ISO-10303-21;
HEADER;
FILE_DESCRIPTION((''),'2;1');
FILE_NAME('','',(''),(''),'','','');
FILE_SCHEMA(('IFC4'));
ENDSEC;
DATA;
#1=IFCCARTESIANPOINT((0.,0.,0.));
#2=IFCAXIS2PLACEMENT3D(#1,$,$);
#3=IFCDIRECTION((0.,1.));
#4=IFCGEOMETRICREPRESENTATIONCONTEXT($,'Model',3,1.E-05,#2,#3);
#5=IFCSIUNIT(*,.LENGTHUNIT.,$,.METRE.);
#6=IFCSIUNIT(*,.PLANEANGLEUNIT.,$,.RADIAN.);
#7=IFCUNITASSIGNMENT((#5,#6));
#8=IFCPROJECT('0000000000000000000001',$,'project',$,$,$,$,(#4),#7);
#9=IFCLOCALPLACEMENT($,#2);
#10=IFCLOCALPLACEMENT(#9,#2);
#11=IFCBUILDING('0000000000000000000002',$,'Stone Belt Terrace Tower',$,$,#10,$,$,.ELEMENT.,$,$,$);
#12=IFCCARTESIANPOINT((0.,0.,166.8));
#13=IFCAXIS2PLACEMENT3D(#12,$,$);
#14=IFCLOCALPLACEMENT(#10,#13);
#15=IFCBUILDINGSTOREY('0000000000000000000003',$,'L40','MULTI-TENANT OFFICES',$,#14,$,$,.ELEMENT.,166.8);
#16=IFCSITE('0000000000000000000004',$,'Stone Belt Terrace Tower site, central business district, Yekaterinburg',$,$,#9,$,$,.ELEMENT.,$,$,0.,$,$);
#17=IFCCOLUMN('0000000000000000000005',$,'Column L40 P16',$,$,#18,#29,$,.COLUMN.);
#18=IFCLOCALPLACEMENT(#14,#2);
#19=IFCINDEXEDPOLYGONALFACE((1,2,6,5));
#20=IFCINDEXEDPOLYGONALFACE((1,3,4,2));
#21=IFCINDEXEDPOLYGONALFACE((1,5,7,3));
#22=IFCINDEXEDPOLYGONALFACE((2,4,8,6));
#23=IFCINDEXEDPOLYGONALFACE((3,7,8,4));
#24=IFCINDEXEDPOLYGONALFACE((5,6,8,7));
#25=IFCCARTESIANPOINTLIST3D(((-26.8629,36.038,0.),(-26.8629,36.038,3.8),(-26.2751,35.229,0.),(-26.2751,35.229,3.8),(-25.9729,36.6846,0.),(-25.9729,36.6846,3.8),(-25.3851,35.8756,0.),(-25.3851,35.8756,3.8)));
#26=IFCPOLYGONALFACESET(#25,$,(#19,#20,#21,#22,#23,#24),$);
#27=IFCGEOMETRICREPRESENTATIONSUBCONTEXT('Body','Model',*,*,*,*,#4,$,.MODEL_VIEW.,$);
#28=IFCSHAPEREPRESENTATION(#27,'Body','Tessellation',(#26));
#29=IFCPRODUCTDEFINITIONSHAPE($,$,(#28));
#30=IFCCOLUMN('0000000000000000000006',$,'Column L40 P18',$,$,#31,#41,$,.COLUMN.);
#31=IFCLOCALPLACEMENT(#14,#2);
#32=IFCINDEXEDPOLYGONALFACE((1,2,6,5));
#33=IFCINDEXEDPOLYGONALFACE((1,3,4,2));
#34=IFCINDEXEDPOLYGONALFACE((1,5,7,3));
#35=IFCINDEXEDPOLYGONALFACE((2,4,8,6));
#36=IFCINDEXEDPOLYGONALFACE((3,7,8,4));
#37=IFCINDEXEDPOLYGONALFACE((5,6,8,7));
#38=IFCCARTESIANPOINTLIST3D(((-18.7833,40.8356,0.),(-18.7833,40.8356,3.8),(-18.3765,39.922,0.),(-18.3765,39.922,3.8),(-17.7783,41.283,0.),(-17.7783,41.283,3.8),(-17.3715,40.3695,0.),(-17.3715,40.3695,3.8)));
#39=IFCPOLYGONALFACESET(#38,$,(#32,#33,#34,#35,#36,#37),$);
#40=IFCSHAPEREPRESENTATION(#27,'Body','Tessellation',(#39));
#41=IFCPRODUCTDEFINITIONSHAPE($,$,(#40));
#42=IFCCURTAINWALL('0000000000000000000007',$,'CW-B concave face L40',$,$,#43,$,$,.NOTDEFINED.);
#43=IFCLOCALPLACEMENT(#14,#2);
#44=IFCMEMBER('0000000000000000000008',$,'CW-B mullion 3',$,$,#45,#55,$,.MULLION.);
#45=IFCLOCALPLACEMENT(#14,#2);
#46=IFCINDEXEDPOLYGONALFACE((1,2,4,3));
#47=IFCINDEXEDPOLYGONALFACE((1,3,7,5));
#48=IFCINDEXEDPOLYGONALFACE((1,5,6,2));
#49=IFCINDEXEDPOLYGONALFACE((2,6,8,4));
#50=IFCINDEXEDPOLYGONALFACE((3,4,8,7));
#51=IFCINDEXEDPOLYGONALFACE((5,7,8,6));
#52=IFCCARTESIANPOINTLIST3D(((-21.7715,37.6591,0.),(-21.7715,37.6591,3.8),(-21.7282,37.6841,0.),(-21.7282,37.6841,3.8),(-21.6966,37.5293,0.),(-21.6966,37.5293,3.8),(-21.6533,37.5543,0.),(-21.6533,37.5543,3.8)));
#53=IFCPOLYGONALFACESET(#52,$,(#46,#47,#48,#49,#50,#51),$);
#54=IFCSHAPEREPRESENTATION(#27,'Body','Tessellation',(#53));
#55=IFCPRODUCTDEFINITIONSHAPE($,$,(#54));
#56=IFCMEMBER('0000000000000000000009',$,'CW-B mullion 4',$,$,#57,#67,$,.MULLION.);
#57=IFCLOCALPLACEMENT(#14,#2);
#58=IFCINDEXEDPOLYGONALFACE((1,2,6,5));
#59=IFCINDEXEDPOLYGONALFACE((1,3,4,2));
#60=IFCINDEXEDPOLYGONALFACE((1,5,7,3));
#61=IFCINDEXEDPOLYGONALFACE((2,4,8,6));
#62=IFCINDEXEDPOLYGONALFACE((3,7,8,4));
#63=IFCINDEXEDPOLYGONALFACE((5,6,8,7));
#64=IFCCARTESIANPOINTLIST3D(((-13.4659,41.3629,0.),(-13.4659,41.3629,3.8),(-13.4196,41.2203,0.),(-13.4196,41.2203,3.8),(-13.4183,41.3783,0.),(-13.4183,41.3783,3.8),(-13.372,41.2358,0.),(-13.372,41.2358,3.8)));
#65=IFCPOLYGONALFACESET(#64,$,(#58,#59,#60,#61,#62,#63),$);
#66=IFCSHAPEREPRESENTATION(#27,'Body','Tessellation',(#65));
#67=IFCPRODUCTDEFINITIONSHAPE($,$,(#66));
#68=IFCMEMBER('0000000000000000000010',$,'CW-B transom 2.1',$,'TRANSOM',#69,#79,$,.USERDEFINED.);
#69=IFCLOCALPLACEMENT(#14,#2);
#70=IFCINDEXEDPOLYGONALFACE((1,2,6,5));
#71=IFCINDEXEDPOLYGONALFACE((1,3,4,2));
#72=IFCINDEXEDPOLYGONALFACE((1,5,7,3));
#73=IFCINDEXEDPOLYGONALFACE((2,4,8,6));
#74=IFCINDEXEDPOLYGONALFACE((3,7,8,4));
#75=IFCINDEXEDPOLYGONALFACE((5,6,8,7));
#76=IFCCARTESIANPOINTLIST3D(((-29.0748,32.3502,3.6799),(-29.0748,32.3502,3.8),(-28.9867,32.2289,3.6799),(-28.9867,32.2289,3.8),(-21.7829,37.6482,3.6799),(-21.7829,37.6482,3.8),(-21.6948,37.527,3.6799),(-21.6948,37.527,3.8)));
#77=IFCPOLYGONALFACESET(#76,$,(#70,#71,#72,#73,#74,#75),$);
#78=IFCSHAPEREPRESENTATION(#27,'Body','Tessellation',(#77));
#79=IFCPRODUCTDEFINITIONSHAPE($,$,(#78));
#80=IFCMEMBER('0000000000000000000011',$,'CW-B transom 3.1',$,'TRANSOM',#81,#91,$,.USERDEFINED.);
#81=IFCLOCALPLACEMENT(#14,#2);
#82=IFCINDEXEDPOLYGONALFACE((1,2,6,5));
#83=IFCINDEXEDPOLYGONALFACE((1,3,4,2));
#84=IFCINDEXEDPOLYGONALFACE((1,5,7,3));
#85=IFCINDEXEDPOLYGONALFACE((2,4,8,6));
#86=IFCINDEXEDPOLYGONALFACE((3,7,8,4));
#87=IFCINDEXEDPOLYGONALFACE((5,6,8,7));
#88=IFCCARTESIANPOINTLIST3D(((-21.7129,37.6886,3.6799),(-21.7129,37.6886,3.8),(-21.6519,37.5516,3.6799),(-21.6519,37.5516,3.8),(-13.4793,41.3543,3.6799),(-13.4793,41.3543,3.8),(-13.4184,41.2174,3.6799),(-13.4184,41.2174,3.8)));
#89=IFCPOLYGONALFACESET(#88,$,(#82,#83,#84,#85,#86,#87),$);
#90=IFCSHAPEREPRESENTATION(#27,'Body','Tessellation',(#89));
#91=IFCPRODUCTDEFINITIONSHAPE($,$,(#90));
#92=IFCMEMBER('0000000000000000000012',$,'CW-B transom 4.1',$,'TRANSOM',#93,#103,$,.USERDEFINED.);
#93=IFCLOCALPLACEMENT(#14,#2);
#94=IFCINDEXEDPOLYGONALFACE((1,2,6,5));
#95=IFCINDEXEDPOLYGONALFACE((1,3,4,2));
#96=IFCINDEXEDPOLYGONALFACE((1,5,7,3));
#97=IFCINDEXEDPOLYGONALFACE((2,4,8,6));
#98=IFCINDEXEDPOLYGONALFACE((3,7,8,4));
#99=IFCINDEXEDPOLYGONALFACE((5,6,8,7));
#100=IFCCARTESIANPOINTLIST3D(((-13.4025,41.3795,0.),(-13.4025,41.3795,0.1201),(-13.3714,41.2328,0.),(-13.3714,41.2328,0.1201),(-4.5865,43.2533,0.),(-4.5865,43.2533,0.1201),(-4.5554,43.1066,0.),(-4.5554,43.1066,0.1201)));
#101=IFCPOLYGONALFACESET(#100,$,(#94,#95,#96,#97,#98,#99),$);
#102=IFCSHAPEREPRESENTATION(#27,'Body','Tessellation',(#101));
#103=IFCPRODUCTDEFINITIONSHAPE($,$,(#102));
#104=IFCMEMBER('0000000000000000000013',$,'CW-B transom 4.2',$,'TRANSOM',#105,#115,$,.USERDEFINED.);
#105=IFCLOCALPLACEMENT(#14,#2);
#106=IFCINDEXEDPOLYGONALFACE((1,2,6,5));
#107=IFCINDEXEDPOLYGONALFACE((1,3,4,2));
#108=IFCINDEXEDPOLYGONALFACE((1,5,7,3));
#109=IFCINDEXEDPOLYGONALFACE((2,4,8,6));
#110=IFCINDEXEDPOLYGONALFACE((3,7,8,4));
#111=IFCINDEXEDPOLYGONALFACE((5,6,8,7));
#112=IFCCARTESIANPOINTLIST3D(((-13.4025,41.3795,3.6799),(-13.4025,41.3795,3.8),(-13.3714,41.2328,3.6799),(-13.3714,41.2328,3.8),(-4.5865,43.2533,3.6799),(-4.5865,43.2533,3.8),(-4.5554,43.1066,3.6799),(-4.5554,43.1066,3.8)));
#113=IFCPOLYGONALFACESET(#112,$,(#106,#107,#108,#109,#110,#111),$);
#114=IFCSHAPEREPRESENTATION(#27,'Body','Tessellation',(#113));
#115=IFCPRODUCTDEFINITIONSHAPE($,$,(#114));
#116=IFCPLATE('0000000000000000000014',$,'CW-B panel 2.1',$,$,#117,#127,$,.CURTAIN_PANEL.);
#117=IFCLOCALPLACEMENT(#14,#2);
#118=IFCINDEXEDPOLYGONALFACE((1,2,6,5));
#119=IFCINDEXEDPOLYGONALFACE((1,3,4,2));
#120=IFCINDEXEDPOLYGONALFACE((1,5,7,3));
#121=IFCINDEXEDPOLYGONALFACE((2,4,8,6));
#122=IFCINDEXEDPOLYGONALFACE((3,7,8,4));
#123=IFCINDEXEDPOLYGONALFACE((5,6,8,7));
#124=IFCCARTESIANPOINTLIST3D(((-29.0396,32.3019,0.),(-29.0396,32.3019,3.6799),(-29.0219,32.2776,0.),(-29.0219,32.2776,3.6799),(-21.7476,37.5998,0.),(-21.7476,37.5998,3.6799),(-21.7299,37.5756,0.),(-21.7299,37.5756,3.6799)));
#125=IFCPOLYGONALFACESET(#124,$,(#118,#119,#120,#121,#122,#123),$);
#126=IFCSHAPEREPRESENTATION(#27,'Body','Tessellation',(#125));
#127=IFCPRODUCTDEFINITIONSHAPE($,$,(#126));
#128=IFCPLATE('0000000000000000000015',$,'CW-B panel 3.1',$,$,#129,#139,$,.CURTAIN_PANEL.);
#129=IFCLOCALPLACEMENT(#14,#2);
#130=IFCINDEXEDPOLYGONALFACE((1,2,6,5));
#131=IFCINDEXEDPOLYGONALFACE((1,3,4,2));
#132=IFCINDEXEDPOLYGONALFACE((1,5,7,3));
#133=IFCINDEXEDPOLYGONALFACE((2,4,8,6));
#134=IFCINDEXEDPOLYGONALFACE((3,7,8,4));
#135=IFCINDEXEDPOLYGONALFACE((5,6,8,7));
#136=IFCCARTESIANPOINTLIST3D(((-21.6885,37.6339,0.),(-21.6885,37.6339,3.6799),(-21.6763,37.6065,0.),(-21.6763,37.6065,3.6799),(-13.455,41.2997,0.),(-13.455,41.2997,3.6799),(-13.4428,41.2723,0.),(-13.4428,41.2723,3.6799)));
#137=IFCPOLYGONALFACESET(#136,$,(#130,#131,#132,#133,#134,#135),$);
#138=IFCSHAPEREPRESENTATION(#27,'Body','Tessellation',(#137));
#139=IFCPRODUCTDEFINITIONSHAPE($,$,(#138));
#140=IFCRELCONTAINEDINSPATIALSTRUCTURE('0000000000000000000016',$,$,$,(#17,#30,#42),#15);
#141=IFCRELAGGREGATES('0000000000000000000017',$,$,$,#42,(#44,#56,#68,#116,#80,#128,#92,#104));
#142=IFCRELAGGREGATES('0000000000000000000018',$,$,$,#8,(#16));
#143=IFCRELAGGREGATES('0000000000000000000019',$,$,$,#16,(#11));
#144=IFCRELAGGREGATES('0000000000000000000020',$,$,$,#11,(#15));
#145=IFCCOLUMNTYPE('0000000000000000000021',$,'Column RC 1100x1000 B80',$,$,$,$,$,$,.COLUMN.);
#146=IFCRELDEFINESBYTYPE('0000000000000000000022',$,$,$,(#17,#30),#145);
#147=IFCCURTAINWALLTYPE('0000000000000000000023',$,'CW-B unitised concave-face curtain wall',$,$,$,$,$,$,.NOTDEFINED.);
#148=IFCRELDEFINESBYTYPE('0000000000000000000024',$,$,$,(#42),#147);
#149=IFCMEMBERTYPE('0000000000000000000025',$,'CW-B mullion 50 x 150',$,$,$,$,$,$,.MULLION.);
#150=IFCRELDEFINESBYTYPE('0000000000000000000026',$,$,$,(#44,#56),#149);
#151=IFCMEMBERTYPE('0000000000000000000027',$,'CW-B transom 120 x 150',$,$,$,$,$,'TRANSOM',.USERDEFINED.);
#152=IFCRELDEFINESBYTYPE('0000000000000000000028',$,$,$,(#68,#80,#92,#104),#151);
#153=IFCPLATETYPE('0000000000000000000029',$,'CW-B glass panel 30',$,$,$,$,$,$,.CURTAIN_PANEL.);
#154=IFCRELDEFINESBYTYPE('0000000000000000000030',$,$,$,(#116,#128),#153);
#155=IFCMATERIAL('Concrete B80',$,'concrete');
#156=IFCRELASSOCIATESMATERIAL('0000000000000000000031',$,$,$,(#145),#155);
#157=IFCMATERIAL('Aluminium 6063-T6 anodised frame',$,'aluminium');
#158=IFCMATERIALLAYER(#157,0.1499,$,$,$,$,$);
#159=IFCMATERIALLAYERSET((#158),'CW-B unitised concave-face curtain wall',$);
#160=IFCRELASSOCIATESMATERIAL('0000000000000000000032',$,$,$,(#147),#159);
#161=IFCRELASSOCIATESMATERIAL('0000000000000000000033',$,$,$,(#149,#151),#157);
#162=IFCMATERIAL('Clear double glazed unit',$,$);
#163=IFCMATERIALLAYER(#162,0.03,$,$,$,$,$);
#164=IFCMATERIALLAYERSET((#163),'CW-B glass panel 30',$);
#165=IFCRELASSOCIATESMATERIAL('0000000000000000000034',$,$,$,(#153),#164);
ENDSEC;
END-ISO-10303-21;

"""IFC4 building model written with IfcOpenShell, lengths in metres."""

from ifc_helpers import new_model, si_unit, direction, frame, origin, origin_2d, place, context, subcontext, project, spatial, rectangle, extrude, material, layer, layer_set, material_profile, profile_set, type_object, element, aggregate, save


model = new_model("IFC4")

# Units and contexts
model_context = context("Model", 3, precision=1e-05, world=origin(), true_north=direction((0.0, 1.0)))
body_context = subcontext(model_context, "Body", "Model", "MODEL_VIEW")
ifc_project = project(units=[si_unit("LENGTHUNIT", "METRE"), si_unit("PLANEANGLEUNIT", "RADIAN")], contexts=[model_context])

# Site, building, storey
site_placement = place(None, origin())
site = spatial("IfcSite", under=ifc_project, at=site_placement, Name="Stone Belt Terrace Tower site, central business district, Yekaterinburg", CompositionType="ELEMENT", RefElevation=0.0)
building_placement = place(site_placement, origin())
building = spatial("IfcBuilding", under=site, at=building_placement, Name="Stone Belt Terrace Tower", CompositionType="ELEMENT")
storey_placement = place(building_placement, frame((0.0, 0.0, 166.8)))
storey = spatial("IfcBuildingStorey", under=building, at=storey_placement, Name="L40", Description="MULTI-TENANT OFFICES", CompositionType="ELEMENT", Elevation=166.8)

# Columns
ifc_material_1 = material(Name="Concrete B80", Category="concrete")
ifc_material_profile_1 = material_profile(ifc_material_1, rectangle(XDim=1.1001, YDim=1.0, at=origin_2d()), Name="RC 1100x1000")
ifc_profile_set_1 = profile_set([ifc_material_profile_1], Name="Concrete B80")
column_type = type_object("IfcColumnType", Name="Column RC 1100x1000 B80", PredefinedType="COLUMN", material=ifc_profile_set_1)
for number, where, z_axis, x_axis, name in (
    (1, (-26.124, 35.9568, 0.0), (0.0, 0.0, 1.0), (0.809017, 0.587785, 0.0), "Column L40 P16"),
    (2, (-18.0774, 40.6025, 0.0), (0.0, 0.0, 1.0), (0.913545, 0.406737, 0.0), "Column L40 P18"),
):
    element("IfcColumn", number, at=place(storey_placement, frame(where, z_axis=z_axis, x_axis=x_axis)), inside=storey, type_object=column_type, Name=name, PredefinedType="COLUMN", context=body_context, shape_type="SweptSolid", body=[
        extrude(rectangle(XDim=1.1001, YDim=1.0, at=origin_2d()), origin(), (0.0, 0.0, 1.0), 3.8),
    ])

# Curtain wall, members, plates
ifc_material_2 = material(Name="Aluminium 6063-T6 anodised frame", Category="aluminium")
ifc_layer_1 = layer(ifc_material_2, 0.1499)
ifc_layer_set_1 = layer_set([ifc_layer_1], Name="CW-B unitised concave-face curtain wall")
curtain_wall_type = type_object("IfcCurtainWallType", Name="CW-B unitised concave-face curtain wall", PredefinedType="NOTDEFINED", material=ifc_layer_set_1)
curtain_wall_placement = place(storey_placement, origin())
curtain_wall = element("IfcCurtainWall", 3, at=curtain_wall_placement, inside=storey, type_object=curtain_wall_type, Name="CW-B concave face L40", PredefinedType="NOTDEFINED")
ifc_material_profile_2 = material_profile(ifc_material_2, rectangle(XDim=0.1499, YDim=0.05, at=origin_2d()), Name="Aluminium 6063-T6 50x150")
ifc_profile_set_2 = profile_set([ifc_material_profile_2], Name="Aluminium 6063-T6 anodised frame")
member_type_1 = type_object("IfcMemberType", Name="CW-B mullion 50 x 150", PredefinedType="MULLION", material=ifc_profile_set_2)
member_1_placement = place(storey_placement, frame((-21.7124, 37.6067, 0.0), z_axis=(0.0, 0.0, 1.0), x_axis=(-0.5, 0.866025, 0.0)))
member_1 = element("IfcMember", 4, at=member_1_placement, type_object=member_type_1, Name="CW-B mullion 3", PredefinedType="MULLION", context=body_context, shape_type="SweptSolid", body=[
    extrude(rectangle(XDim=0.1499, YDim=0.05, at=origin_2d()), origin(), (0.0, 0.0, 1.0), 3.8),
])
member_2_placement = place(storey_placement, frame((-13.4189, 41.2993, 0.0), z_axis=(0.0, 0.0, 1.0), x_axis=(-0.309017, 0.951057, 0.0)))
member_2 = element("IfcMember", 5, at=member_2_placement, type_object=member_type_1, Name="CW-B mullion 4", PredefinedType="MULLION", context=body_context, shape_type="SweptSolid", body=[
    extrude(rectangle(XDim=0.1499, YDim=0.05, at=origin_2d()), origin(), (0.0, 0.0, 1.0), 3.8),
])
ifc_material_profile_3 = material_profile(ifc_material_2, rectangle(XDim=0.1499, YDim=0.1201, at=origin_2d()), Name="Aluminium 6063-T6 150x120")
ifc_profile_set_3 = profile_set([ifc_material_profile_3], Name="Aluminium 6063-T6 anodised frame")
member_type_2 = type_object("IfcMemberType", Name="CW-B transom 120 x 150", ElementType="TRANSOM", PredefinedType="USERDEFINED", material=ifc_profile_set_3)
member_3_placement = place(storey_placement, frame((-29.0308, 32.2896, 3.74), z_axis=(0.809009, 0.587796, 0.0), x_axis=(-0.587796, 0.809009, 0.0)))
member_3 = element("IfcMember", 6, at=member_3_placement, type_object=member_type_2, Name="CW-B transom 2.1", ObjectType="TRANSOM", PredefinedType="USERDEFINED", context=body_context, shape_type="SweptSolid", body=[
    extrude(rectangle(XDim=0.1499, YDim=0.1201, at=origin_2d()), origin(), (0.0, 0.0, 1.0), 9.0134),
])
member_4_placement = place(storey_placement, frame((-21.6824, 37.6201, 3.74), z_axis=(0.913549, 0.406729, 0.0), x_axis=(-0.406729, 0.913549, 0.0)))
member_4 = element("IfcMember", 7, at=member_4_placement, type_object=member_type_2, Name="CW-B transom 3.1", ObjectType="TRANSOM", PredefinedType="USERDEFINED", context=body_context, shape_type="SweptSolid", body=[
    extrude(rectangle(XDim=0.1499, YDim=0.1201, at=origin_2d()), origin(), (0.0, 0.0, 1.0), 9.0127),
])
member_5_placement = place(storey_placement, frame((-13.387, 41.3062, 0.0601), z_axis=(0.97815, 0.207901, 0.0), x_axis=(-0.207901, 0.97815, 0.0)))
member_5 = element("IfcMember", 8, at=member_5_placement, type_object=member_type_2, Name="CW-B transom 4.1", ObjectType="TRANSOM", PredefinedType="USERDEFINED", context=body_context, shape_type="SweptSolid", body=[
    extrude(rectangle(XDim=0.1499, YDim=0.1201, at=origin_2d()), origin(), (0.0, 0.0, 1.0), 9.0129),
])
member_6_placement = place(storey_placement, frame((-13.387, 41.3062, 3.74), z_axis=(0.97815, 0.207901, 0.0), x_axis=(-0.207901, 0.97815, 0.0)))
member_6 = element("IfcMember", 9, at=member_6_placement, type_object=member_type_2, Name="CW-B transom 4.2", ObjectType="TRANSOM", PredefinedType="USERDEFINED", context=body_context, shape_type="SweptSolid", body=[
    extrude(rectangle(XDim=0.1499, YDim=0.1201, at=origin_2d()), origin(), (0.0, 0.0, 1.0), 9.0129),
])
ifc_material_3 = material(Name="Clear double glazed unit")
ifc_layer_2 = layer(ifc_material_3, 0.03)
ifc_layer_set_2 = layer_set([ifc_layer_2], Name="CW-B glass panel 30")
plate_type = type_object("IfcPlateType", Name="CW-B glass panel 30", PredefinedType="CURTAIN_PANEL", material=ifc_layer_set_2)
plate_1_placement = place(storey_placement, frame((-25.3848, 34.9387, 0.0), z_axis=(0.0, 0.0, 1.0), x_axis=(0.809017, 0.587785, 0.0)))
plate_1 = element("IfcPlate", 10, at=plate_1_placement, type_object=plate_type, Name="CW-B panel 2.1", PredefinedType="CURTAIN_PANEL", context=body_context, shape_type="SweptSolid", body=[
    extrude(rectangle(XDim=9.0134, YDim=0.03, at=origin_2d()), origin(), (0.0, 0.0, 1.0), 3.6799),
])
plate_2_placement = place(storey_placement, frame((-17.5657, 39.4531, 0.0), z_axis=(0.0, 0.0, 1.0), x_axis=(0.913545, 0.406737, 0.0)))
plate_2 = element("IfcPlate", 11, at=plate_2_placement, type_object=plate_type, Name="CW-B panel 3.1", PredefinedType="CURTAIN_PANEL", context=body_context, shape_type="SweptSolid", body=[
    extrude(rectangle(XDim=9.0127, YDim=0.03, at=origin_2d()), origin(), (0.0, 0.0, 1.0), 3.6799),
])
aggregate(curtain_wall, [member_1, member_2, member_3, plate_1, member_4, plate_2, member_5, member_6])

save(model, "model.ifc")
